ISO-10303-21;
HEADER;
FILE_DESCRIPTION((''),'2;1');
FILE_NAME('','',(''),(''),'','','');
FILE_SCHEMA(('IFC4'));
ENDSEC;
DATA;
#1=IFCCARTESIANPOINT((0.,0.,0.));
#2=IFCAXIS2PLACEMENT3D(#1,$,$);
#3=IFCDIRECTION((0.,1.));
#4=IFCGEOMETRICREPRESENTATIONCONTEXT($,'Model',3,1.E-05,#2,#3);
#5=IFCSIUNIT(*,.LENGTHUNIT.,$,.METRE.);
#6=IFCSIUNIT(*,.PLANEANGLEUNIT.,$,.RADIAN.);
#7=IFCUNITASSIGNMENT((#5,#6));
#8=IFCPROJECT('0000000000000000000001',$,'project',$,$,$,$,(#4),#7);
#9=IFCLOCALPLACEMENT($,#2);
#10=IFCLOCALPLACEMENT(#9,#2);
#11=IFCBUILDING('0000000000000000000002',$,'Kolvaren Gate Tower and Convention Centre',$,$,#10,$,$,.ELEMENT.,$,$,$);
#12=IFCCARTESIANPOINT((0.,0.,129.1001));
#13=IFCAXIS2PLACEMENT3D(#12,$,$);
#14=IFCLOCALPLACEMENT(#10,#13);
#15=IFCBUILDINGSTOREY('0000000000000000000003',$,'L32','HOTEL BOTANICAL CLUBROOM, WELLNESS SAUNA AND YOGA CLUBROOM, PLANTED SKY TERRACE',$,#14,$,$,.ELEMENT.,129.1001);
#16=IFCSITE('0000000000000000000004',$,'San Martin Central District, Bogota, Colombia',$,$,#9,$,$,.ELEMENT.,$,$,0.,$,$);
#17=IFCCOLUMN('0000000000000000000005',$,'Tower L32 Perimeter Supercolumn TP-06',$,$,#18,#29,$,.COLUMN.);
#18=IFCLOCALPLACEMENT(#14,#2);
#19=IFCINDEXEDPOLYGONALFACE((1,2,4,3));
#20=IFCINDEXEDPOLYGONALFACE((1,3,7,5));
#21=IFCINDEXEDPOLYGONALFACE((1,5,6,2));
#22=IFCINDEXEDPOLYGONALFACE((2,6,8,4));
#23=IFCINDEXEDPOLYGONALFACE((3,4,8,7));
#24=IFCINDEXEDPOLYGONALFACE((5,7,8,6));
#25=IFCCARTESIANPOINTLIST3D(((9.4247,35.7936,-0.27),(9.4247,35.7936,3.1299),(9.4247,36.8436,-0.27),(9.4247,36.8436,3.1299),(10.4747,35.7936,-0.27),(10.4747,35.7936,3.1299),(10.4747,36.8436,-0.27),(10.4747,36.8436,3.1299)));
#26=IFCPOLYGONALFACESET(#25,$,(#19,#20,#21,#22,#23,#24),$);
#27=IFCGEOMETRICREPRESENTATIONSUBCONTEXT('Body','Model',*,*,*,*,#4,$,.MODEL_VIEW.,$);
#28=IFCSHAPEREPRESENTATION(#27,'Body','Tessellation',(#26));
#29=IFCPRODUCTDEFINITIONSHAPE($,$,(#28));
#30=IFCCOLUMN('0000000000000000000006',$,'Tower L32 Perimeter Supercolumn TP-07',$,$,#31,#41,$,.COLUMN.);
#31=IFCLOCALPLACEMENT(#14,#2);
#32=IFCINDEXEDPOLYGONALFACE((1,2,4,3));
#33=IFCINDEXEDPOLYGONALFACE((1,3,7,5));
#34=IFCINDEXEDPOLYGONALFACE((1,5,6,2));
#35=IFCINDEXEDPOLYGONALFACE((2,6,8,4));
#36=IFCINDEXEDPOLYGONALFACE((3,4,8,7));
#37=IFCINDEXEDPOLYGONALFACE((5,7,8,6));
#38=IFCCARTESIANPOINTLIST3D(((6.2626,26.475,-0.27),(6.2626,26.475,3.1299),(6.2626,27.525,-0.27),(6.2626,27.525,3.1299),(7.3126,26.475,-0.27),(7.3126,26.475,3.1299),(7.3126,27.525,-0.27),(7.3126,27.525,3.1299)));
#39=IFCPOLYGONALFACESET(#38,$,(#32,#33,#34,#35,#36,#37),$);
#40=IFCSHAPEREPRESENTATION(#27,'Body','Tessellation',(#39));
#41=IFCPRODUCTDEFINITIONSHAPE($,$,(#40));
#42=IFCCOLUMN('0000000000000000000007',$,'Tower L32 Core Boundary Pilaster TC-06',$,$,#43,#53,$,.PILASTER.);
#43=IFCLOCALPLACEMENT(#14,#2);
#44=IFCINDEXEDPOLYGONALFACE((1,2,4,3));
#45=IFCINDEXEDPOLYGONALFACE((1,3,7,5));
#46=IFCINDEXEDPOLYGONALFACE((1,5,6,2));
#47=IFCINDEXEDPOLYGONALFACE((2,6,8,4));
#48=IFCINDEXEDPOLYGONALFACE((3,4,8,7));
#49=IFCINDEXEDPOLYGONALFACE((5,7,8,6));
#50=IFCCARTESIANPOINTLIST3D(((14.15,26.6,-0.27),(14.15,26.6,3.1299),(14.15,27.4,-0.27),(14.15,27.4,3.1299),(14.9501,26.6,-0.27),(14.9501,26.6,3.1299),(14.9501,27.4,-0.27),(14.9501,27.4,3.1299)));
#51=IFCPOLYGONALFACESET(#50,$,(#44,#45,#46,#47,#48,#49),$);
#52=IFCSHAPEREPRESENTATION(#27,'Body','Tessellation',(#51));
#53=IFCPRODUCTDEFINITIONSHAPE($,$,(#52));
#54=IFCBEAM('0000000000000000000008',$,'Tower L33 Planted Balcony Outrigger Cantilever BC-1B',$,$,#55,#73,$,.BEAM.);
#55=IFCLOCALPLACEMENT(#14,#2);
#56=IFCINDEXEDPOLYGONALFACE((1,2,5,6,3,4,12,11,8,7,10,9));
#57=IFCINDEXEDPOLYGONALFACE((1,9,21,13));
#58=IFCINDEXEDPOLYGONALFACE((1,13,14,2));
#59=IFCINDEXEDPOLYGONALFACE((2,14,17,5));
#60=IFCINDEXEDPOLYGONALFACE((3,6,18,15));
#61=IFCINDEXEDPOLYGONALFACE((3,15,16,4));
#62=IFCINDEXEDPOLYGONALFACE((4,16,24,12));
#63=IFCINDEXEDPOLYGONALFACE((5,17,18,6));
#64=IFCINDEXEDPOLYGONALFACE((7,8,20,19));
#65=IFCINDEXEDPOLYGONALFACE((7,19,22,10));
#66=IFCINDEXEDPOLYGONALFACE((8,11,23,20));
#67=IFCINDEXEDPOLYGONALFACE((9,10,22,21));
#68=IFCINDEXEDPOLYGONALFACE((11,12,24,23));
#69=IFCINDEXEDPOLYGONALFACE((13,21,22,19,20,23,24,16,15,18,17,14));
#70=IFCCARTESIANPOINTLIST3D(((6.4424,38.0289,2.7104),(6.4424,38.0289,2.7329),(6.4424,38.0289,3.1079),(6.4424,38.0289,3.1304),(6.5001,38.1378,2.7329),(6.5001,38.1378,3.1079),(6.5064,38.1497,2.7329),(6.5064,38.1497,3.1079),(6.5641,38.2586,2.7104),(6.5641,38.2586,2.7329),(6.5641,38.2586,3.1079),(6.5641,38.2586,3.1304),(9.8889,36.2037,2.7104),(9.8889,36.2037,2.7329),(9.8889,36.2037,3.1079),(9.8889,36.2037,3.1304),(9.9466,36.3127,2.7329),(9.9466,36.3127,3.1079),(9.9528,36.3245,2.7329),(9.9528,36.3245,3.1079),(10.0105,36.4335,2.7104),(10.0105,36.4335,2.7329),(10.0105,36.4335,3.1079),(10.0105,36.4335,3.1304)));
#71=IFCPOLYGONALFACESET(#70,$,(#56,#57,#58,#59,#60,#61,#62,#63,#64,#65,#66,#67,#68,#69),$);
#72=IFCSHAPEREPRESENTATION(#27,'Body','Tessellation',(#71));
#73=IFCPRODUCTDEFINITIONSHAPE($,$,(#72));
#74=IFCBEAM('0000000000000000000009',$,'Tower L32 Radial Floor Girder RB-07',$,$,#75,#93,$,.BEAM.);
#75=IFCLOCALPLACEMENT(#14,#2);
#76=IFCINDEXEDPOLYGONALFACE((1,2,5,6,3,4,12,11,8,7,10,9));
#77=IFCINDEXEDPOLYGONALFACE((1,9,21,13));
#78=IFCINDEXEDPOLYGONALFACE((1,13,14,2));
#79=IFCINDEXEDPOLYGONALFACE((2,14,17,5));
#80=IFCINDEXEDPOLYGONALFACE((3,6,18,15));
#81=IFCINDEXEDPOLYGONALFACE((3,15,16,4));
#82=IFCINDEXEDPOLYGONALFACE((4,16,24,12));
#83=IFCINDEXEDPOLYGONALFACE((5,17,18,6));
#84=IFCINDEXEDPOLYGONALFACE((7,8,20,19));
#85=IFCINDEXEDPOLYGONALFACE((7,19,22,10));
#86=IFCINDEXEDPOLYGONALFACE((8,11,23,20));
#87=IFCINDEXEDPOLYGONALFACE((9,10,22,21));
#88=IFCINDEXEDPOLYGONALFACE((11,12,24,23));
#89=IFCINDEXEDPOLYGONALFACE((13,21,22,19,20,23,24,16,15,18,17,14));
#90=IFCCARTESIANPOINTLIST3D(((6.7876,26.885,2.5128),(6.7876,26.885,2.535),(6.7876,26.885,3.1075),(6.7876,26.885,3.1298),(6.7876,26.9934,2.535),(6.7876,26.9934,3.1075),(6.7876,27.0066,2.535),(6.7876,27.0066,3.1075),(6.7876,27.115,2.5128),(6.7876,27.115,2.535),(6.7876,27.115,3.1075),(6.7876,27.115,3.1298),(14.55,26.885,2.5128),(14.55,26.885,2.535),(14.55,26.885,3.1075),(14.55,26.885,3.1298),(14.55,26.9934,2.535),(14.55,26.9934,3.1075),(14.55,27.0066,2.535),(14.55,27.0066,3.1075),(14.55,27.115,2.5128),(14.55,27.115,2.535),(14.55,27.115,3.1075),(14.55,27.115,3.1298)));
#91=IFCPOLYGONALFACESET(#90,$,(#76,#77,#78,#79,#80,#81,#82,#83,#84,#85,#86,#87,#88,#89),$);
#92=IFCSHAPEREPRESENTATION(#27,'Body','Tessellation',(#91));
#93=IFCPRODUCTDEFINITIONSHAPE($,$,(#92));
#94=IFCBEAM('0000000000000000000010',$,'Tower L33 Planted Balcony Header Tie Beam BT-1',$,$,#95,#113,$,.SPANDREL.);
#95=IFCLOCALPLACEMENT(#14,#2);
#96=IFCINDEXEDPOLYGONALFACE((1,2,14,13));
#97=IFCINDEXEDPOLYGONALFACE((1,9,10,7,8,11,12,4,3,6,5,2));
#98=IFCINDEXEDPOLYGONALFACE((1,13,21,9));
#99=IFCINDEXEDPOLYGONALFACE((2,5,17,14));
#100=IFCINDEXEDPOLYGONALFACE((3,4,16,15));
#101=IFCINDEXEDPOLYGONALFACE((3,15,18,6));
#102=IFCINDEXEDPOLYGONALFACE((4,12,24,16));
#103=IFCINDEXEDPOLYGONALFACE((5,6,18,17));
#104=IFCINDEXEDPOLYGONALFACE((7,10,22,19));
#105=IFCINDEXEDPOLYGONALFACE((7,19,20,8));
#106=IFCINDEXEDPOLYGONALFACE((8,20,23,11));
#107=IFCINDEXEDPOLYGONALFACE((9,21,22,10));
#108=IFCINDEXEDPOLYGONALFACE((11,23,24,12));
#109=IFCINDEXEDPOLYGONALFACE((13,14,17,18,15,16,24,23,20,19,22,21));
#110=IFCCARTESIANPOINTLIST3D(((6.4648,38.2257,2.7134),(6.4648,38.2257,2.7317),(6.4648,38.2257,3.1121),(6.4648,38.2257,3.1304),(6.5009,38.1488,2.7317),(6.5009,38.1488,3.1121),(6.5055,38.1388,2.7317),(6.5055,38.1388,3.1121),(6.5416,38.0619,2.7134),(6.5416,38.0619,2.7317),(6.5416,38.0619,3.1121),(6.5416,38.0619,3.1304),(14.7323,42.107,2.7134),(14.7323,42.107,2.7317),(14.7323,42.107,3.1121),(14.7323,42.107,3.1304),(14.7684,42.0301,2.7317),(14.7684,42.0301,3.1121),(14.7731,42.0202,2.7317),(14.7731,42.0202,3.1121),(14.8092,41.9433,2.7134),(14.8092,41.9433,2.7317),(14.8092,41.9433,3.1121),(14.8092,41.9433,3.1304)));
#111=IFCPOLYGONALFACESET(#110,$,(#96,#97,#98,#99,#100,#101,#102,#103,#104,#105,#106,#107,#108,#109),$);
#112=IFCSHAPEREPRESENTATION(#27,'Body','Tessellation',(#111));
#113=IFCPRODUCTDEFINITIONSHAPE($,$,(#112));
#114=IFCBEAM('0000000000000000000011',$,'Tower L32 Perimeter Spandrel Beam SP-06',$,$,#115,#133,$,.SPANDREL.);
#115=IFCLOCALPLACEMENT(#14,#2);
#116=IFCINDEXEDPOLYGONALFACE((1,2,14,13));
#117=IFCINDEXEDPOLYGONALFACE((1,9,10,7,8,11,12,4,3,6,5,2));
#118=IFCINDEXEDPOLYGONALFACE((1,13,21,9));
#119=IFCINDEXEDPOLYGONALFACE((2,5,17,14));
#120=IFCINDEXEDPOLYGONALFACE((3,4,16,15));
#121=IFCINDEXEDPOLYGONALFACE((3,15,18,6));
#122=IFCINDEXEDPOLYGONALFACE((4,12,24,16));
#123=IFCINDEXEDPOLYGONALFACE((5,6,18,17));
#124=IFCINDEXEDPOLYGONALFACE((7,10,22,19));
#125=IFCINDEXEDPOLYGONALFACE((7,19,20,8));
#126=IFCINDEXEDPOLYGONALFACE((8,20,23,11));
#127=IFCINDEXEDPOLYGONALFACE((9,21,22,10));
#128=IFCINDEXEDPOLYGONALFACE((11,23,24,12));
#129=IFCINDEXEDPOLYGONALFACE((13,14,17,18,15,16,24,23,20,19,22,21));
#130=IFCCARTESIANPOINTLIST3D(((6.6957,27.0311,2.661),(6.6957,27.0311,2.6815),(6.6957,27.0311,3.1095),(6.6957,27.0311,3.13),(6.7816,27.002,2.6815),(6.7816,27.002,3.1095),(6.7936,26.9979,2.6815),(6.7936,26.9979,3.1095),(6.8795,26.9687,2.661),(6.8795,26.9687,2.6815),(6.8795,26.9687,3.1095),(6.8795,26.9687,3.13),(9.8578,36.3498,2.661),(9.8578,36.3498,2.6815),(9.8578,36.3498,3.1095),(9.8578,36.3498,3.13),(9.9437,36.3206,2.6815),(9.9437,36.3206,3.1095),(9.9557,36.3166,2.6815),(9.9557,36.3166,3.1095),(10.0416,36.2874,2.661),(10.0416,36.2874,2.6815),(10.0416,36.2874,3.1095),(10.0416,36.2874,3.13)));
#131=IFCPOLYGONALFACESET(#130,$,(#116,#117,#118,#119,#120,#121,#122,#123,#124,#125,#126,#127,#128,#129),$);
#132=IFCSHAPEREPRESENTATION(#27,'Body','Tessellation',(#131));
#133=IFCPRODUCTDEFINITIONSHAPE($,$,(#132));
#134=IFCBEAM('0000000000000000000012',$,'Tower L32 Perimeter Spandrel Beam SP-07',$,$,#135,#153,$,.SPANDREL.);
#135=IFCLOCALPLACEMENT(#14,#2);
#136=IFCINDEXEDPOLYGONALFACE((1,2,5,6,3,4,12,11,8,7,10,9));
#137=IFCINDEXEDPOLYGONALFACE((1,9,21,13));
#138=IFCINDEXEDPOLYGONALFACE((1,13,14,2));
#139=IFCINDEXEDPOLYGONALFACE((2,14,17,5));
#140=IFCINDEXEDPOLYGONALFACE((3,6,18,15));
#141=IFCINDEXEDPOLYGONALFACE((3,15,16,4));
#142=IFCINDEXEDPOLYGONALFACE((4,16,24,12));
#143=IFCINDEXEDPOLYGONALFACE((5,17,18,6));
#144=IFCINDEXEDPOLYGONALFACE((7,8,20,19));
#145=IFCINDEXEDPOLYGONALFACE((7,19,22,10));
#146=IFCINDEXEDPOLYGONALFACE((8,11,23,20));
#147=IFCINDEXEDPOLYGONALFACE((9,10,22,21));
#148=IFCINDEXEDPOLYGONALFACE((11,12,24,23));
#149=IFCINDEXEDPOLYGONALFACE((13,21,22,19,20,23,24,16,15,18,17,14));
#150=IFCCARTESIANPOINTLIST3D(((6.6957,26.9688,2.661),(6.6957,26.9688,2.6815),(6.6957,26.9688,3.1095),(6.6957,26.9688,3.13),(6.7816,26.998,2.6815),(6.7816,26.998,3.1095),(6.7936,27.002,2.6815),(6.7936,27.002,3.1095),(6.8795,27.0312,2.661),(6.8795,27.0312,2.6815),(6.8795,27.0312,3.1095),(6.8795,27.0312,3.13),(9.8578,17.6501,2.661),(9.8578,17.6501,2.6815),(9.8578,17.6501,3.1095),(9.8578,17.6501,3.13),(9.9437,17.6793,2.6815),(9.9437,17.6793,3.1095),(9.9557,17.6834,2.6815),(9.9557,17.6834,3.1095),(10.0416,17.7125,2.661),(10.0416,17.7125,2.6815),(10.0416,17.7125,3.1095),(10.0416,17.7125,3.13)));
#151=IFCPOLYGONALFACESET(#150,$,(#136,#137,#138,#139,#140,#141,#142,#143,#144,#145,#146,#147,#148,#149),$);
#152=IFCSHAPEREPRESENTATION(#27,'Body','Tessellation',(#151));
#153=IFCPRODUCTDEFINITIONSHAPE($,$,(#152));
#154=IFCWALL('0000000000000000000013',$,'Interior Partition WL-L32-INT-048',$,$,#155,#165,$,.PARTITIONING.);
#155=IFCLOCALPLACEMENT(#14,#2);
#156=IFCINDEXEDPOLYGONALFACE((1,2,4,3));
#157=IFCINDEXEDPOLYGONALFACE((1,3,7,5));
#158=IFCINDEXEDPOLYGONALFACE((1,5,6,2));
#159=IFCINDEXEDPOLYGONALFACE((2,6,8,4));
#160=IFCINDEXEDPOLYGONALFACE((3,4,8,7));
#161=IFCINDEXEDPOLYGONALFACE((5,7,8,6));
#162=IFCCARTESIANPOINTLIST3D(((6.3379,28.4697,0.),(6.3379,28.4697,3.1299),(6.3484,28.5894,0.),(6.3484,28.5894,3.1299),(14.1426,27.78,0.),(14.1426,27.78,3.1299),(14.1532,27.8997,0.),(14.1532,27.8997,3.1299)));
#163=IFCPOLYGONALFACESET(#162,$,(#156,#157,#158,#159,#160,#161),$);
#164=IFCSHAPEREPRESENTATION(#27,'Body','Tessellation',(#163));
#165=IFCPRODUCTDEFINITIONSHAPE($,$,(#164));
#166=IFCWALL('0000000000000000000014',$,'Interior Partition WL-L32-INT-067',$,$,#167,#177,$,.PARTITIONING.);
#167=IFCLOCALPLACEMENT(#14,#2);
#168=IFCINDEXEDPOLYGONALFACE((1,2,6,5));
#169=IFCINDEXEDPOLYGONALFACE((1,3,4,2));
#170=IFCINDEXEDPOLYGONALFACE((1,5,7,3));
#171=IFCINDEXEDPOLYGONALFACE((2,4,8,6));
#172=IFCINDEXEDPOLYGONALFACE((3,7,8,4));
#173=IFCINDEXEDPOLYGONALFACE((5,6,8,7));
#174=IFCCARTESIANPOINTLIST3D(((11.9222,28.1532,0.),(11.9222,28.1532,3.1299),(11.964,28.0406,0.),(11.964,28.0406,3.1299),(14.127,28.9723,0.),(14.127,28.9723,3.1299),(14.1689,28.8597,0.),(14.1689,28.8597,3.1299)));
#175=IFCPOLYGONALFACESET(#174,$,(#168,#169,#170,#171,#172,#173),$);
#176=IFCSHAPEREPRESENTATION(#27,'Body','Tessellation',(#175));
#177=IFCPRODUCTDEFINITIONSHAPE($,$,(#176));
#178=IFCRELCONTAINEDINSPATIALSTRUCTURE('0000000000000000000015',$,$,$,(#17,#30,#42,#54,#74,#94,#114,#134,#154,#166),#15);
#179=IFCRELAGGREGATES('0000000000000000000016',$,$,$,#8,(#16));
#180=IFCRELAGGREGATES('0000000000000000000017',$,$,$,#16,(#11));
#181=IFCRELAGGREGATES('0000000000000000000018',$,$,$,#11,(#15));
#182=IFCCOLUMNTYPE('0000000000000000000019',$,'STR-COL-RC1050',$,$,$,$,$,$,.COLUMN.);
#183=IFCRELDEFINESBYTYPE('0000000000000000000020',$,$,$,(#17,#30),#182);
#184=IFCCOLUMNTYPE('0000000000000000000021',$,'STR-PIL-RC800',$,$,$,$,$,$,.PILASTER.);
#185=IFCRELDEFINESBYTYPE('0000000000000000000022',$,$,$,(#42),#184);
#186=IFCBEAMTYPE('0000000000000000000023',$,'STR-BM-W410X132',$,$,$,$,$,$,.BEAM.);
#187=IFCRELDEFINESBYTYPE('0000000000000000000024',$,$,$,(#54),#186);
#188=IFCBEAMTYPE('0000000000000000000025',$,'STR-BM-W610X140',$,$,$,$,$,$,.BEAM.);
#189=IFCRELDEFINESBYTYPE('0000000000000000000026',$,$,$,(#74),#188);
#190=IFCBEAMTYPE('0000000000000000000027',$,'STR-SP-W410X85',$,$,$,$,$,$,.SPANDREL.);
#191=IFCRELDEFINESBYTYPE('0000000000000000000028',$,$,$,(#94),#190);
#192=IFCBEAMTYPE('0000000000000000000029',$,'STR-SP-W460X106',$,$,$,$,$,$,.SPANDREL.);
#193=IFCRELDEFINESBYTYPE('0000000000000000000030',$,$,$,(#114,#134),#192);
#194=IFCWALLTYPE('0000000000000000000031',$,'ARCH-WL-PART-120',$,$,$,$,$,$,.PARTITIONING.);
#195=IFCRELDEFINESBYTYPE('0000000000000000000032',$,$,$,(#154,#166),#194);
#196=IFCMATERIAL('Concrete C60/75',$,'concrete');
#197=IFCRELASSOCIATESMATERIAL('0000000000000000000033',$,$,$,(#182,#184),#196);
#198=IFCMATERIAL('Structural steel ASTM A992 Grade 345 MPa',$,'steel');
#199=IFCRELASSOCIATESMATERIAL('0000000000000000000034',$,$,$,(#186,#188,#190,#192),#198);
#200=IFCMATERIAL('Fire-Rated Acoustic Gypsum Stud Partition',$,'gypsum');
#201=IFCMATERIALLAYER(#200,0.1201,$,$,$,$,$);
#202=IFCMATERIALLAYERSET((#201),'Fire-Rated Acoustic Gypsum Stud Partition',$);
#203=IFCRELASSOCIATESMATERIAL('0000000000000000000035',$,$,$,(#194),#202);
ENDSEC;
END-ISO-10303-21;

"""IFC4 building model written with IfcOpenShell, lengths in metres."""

from ifc_helpers import new_model, si_unit, direction, frame, frame_2d, origin, origin_2d, place, context, subcontext, project, spatial, rectangle, i_section, extrude, material, layer, layer_set, material_profile, profile_set, type_object, element, save


model = new_model("IFC4")

# Units and contexts
model_context = context("Model", 3, precision=1e-05, world=origin(), true_north=direction((0.0, 1.0)))
body_context = subcontext(model_context, "Body", "Model", "MODEL_VIEW")
ifc_project = project(units=[si_unit("LENGTHUNIT", "METRE"), si_unit("PLANEANGLEUNIT", "RADIAN")], contexts=[model_context])

# Site, building, storey
site_placement = place(None, origin())
site = spatial("IfcSite", under=ifc_project, at=site_placement, Name="San Martin Central District, Bogota, Colombia", CompositionType="ELEMENT", RefElevation=0.0)
building_placement = place(site_placement, origin())
building = spatial("IfcBuilding", under=site, at=building_placement, Name="Kolvaren Gate Tower and Convention Centre", CompositionType="ELEMENT")
storey_placement = place(building_placement, frame((0.0, 0.0, 129.1001)))
storey = spatial("IfcBuildingStorey", under=building, at=storey_placement, Name="L32", Description="HOTEL BOTANICAL CLUBROOM, WELLNESS SAUNA AND YOGA CLUBROOM, PLANTED SKY TERRACE", CompositionType="ELEMENT", Elevation=129.1001)

# Columns
ifc_material_1 = material(Name="Concrete C60/75", Category="concrete")
ifc_material_profile_1 = material_profile(ifc_material_1, rectangle(XDim=1.05, YDim=1.05, at=origin_2d()), Name="RC-COL-1050X1050")
ifc_profile_set_1 = profile_set([ifc_material_profile_1], Name="Concrete C60/75")
column_type_1 = type_object("IfcColumnType", Name="STR-COL-RC1050", PredefinedType="COLUMN", material=ifc_profile_set_1)
for number, where, z_axis, x_axis, name in (
    (1, (9.9497, 36.3186, -0.27), (0.0, 0.0, 1.0), (1.0, 0.0, 0.0), "Tower L32 Perimeter Supercolumn TP-06"),
    (2, (6.7876, 27.0, -0.27), (0.0, 0.0, 1.0), (1.0, 0.0, 0.0), "Tower L32 Perimeter Supercolumn TP-07"),
):
    element("IfcColumn", number, at=place(storey_placement, frame(where, z_axis=z_axis, x_axis=x_axis)), inside=storey, type_object=column_type_1, Name=name, PredefinedType="COLUMN", context=body_context, shape_type="SweptSolid", body=[
        extrude(rectangle(XDim=1.05, YDim=1.05, at=origin_2d()), origin(), (0.0, 0.0, 1.0), 3.3999),
    ])
ifc_material_profile_2 = material_profile(ifc_material_1, rectangle(XDim=0.8, YDim=0.8, at=origin_2d()), Name="RC-COL-800X800")
ifc_profile_set_2 = profile_set([ifc_material_profile_2], Name="Concrete C60/75")
column_type_2 = type_object("IfcColumnType", Name="STR-PIL-RC800", PredefinedType="PILASTER", material=ifc_profile_set_2)
column_placement = place(storey_placement, frame((14.55, 27.0, -0.27), z_axis=(0.0, 0.0, 1.0), x_axis=(1.0, 0.0, 0.0)))
element("IfcColumn", 3, at=column_placement, inside=storey, type_object=column_type_2, Name="Tower L32 Core Boundary Pilaster TC-06", PredefinedType="PILASTER", context=body_context, shape_type="SweptSolid", body=[
    extrude(rectangle(XDim=0.8, YDim=0.8, at=origin_2d()), origin(), (0.0, 0.0, 1.0), 3.3999),
])

# Beams
ifc_material_2 = material(Name="Structural steel ASTM A992 Grade 345 MPa", Category="steel")
ifc_material_profile_3 = material_profile(ifc_material_2, i_section(OverallWidth=0.26, OverallDepth=0.4199, WebThickness=0.0134, FlangeThickness=0.0225, at=origin_2d()), Name="W410X132")
ifc_profile_set_3 = profile_set([ifc_material_profile_3], Name="Structural steel ASTM A992 Grade 345 MPa")
beam_type_1 = type_object("IfcBeamType", Name="STR-BM-W410X132", PredefinedType="BEAM", material=ifc_profile_set_3)
beam_1_placement = place(storey_placement, frame((9.9497, 36.3186, 2.9204), z_axis=(-0.883729, 0.468, 0.0), x_axis=(-0.468, -0.883729, 0.0)))
element("IfcBeam", 4, at=beam_1_placement, inside=storey, type_object=beam_type_1, Name="Tower L33 Planted Balcony Outrigger Cantilever BC-1B", PredefinedType="BEAM", context=body_context, shape_type="SweptSolid", body=[
    extrude(i_section(OverallWidth=0.26, OverallDepth=0.4199, WebThickness=0.0134, FlangeThickness=0.0225, at=origin_2d()), origin(), (0.0, 0.0, 1.0), 3.8999),
])
ifc_material_profile_4 = material_profile(ifc_material_2, i_section(OverallWidth=0.23, OverallDepth=0.6169, WebThickness=0.0132, FlangeThickness=0.0222, at=origin_2d()), Name="W610X140")
ifc_profile_set_4 = profile_set([ifc_material_profile_4], Name="Structural steel ASTM A992 Grade 345 MPa")
beam_type_2 = type_object("IfcBeamType", Name="STR-BM-W610X140", PredefinedType="BEAM", material=ifc_profile_set_4)
beam_2_placement = place(storey_placement, frame((14.55, 27.0, 2.8213), z_axis=(-1.0, 0.0, 0.0), x_axis=(0.0, -1.0, 0.0)))
element("IfcBeam", 5, at=beam_2_placement, inside=storey, type_object=beam_type_2, Name="Tower L32 Radial Floor Girder RB-07", PredefinedType="BEAM", context=body_context, shape_type="SweptSolid", body=[
    extrude(i_section(OverallWidth=0.23, OverallDepth=0.6169, WebThickness=0.0132, FlangeThickness=0.0222, at=origin_2d()), origin(), (0.0, 0.0, 1.0), 7.7625),
])
ifc_material_profile_5 = material_profile(ifc_material_2, i_section(OverallWidth=0.1809, OverallDepth=0.417, WebThickness=0.011, FlangeThickness=0.0183, at=origin_2d()), Name="W410X85")
ifc_profile_set_5 = profile_set([ifc_material_profile_5], Name="Structural steel ASTM A992 Grade 345 MPa")
beam_type_3 = type_object("IfcBeamType", Name="STR-SP-W410X85", PredefinedType="SPANDREL", material=ifc_profile_set_5)
beam_3_placement = place(storey_placement, frame((14.7708, 42.0251, 2.9219), z_axis=(-0.90521, -0.424965, 0.0), x_axis=(0.424965, -0.90521, 0.0)))
element("IfcBeam", 6, at=beam_3_placement, inside=storey, type_object=beam_type_3, Name="Tower L33 Planted Balcony Header Tie Beam BT-1", PredefinedType="SPANDREL", context=body_context, shape_type="SweptSolid", body=[
    extrude(i_section(OverallWidth=0.1809, OverallDepth=0.417, WebThickness=0.011, FlangeThickness=0.0183, at=origin_2d()), origin(), (0.0, 0.0, 1.0), 9.1333),
])
ifc_material_profile_6 = material_profile(ifc_material_2, i_section(OverallWidth=0.1941, OverallDepth=0.469, WebThickness=0.0127, FlangeThickness=0.0205, at=origin_2d()), Name="W460X106")
ifc_profile_set_6 = profile_set([ifc_material_profile_6], Name="Structural steel ASTM A992 Grade 345 MPa")
beam_type_4 = type_object("IfcBeamType", Name="STR-SP-W460X106", PredefinedType="SPANDREL", material=ifc_profile_set_6)
for number, where, z_axis, x_axis, name in (
    (7, (9.9497, 36.3186, 2.8955), (-0.321336, -0.946965, 0.0), (0.946965, -0.321336, 0.0), "Tower L32 Perimeter Spandrel Beam SP-06"),
    (8, (6.7876, 27.0, 2.8955), (0.321336, -0.946965, 0.0), (0.946965, 0.321336, 0.0), "Tower L32 Perimeter Spandrel Beam SP-07"),
):
    element("IfcBeam", number, at=place(storey_placement, frame(where, z_axis=z_axis, x_axis=x_axis)), inside=storey, type_object=beam_type_4, Name=name, PredefinedType="SPANDREL", context=body_context, shape_type="SweptSolid", body=[
        extrude(i_section(OverallWidth=0.1941, OverallDepth=0.469, WebThickness=0.0127, FlangeThickness=0.0205, at=origin_2d()), origin(), (0.0, 0.0, 1.0), 9.8406),
    ])

# Walls
ifc_material_3 = material(Name="Fire-Rated Acoustic Gypsum Stud Partition", Category="gypsum")
ifc_layer_1 = layer(ifc_material_3, 0.1201)
ifc_layer_set_1 = layer_set([ifc_layer_1], Name="Fire-Rated Acoustic Gypsum Stud Partition")
wall_type_1 = type_object("IfcWallType", Name="ARCH-WL-PART-120", PredefinedType="PARTITIONING", material=ifc_layer_set_1)
wall_1_placement = place(storey_placement, frame((6.3433, 28.5295, 0.0), z_axis=(0.0, 0.0, 1.0), x_axis=(0.996118, -0.088027, 0.0)))
element("IfcWall", 9, at=wall_1_placement, inside=storey, type_object=wall_type_1, Name="Interior Partition WL-L32-INT-048", PredefinedType="PARTITIONING", context=body_context, shape_type="SweptSolid", body=[
    extrude(rectangle(XDim=7.8352, YDim=0.1201, at=frame_2d((3.9175, 0.0))), origin(), (0.0, 0.0, 1.0), 3.1299),
])
wall_2_placement = place(storey_placement, frame((11.9431, 28.0969, 0.0), z_axis=(0.0, 0.0, 1.0), x_axis=(0.937404, 0.348244, 0.0)))
element("IfcWall", 10, at=wall_2_placement, inside=storey, type_object=wall_type_1, Name="Interior Partition WL-L32-INT-067", PredefinedType="PARTITIONING", context=body_context, shape_type="SweptSolid", body=[
    extrude(rectangle(XDim=2.3521, YDim=0.1201, at=frame_2d((1.176, 0.0))), origin(), (0.0, 0.0, 1.0), 3.1299),
])

save(model, "model.ifc")
